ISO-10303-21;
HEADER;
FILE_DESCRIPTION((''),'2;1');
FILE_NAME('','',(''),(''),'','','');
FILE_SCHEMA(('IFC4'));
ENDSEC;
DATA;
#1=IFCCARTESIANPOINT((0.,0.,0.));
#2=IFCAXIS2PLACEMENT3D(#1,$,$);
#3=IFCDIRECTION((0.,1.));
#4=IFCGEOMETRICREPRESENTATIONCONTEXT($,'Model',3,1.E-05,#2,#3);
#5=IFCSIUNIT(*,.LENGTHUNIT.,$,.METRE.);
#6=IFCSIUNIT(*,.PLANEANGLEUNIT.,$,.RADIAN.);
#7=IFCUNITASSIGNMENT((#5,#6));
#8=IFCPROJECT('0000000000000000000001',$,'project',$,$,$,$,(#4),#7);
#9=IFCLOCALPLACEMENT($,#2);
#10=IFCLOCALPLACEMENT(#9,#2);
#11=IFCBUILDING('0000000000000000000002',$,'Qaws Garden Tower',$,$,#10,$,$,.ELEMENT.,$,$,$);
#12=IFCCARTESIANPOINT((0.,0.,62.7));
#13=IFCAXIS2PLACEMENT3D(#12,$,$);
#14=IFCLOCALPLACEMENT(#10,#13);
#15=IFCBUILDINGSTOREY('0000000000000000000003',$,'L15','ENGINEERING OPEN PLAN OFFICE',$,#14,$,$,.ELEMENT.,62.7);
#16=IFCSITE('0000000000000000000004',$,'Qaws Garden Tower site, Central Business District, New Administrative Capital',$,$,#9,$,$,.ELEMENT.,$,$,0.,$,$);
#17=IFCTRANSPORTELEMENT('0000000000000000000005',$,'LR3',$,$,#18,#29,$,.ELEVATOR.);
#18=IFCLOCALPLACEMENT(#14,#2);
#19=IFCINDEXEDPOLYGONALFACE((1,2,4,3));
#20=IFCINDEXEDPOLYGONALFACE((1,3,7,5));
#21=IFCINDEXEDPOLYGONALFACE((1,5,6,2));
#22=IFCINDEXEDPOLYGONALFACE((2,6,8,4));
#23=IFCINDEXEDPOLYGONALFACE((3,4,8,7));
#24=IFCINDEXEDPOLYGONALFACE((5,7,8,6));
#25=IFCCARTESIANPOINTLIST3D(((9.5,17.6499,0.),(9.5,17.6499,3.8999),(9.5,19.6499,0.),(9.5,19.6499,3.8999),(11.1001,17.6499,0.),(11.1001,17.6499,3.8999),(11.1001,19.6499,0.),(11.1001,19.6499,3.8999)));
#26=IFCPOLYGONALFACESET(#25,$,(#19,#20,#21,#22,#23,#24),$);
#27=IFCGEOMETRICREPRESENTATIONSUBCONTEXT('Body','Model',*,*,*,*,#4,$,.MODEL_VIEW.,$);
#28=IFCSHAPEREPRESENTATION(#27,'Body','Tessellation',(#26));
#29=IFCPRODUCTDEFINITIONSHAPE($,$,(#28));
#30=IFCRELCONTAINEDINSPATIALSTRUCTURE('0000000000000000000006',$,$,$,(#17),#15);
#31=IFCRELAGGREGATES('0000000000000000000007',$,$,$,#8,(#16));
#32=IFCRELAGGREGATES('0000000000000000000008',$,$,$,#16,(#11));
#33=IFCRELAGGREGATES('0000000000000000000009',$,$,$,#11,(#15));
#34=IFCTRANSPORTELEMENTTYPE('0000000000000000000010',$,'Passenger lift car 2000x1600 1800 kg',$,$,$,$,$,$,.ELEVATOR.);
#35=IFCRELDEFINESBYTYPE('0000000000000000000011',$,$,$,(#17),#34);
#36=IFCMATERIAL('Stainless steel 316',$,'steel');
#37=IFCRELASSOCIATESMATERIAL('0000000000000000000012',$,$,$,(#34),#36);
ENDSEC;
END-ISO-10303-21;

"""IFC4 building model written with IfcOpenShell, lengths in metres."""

from ifc_helpers import new_model, si_unit, direction, frame, origin, origin_2d, place, context, subcontext, project, spatial, rectangle, extrude, material, type_object, element, save


model = new_model("IFC4")

# Units and contexts
model_context = context("Model", 3, precision=1e-05, world=origin(), true_north=direction((0.0, 1.0)))
body_context = subcontext(model_context, "Body", "Model", "MODEL_VIEW")
ifc_project = project(units=[si_unit("LENGTHUNIT", "METRE"), si_unit("PLANEANGLEUNIT", "RADIAN")], contexts=[model_context])

# Site, building, storey
site_placement = place(None, origin())
site = spatial("IfcSite", under=ifc_project, at=site_placement, Name="Qaws Garden Tower site, Central Business District, New Administrative Capital", CompositionType="ELEMENT", RefElevation=0.0)
building_placement = place(site_placement, origin())
building = spatial("IfcBuilding", under=site, at=building_placement, Name="Qaws Garden Tower", CompositionType="ELEMENT")
storey_placement = place(building_placement, frame((0.0, 0.0, 62.7)))
storey = spatial("IfcBuildingStorey", under=building, at=storey_placement, Name="L15", Description="ENGINEERING OPEN PLAN OFFICE", CompositionType="ELEMENT", Elevation=62.7)

# Transport element
ifc_material_1 = material(Name="Stainless steel 316", Category="steel")
transport_element_type = type_object("IfcTransportElementType", Name="Passenger lift car 2000x1600 1800 kg", PredefinedType="ELEVATOR", material=ifc_material_1)
for number, where, z_axis, x_axis, name in (
    (1, (10.3, 18.6499, 0.0), (0.0, 0.0, 1.0), (1.0, 0.0, 0.0), "LR3"),
):
    element("IfcTransportElement", number, at=place(storey_placement, frame(where, z_axis=z_axis, x_axis=x_axis)), inside=storey, type_object=transport_element_type, Name=name, PredefinedType="ELEVATOR", context=body_context, shape_type="SweptSolid", body=[
        extrude(rectangle(XDim=1.6001, YDim=2.0, at=origin_2d()), origin(), (0.0, 0.0, 1.0), 3.8999),
    ])

save(model, "model.ifc")
